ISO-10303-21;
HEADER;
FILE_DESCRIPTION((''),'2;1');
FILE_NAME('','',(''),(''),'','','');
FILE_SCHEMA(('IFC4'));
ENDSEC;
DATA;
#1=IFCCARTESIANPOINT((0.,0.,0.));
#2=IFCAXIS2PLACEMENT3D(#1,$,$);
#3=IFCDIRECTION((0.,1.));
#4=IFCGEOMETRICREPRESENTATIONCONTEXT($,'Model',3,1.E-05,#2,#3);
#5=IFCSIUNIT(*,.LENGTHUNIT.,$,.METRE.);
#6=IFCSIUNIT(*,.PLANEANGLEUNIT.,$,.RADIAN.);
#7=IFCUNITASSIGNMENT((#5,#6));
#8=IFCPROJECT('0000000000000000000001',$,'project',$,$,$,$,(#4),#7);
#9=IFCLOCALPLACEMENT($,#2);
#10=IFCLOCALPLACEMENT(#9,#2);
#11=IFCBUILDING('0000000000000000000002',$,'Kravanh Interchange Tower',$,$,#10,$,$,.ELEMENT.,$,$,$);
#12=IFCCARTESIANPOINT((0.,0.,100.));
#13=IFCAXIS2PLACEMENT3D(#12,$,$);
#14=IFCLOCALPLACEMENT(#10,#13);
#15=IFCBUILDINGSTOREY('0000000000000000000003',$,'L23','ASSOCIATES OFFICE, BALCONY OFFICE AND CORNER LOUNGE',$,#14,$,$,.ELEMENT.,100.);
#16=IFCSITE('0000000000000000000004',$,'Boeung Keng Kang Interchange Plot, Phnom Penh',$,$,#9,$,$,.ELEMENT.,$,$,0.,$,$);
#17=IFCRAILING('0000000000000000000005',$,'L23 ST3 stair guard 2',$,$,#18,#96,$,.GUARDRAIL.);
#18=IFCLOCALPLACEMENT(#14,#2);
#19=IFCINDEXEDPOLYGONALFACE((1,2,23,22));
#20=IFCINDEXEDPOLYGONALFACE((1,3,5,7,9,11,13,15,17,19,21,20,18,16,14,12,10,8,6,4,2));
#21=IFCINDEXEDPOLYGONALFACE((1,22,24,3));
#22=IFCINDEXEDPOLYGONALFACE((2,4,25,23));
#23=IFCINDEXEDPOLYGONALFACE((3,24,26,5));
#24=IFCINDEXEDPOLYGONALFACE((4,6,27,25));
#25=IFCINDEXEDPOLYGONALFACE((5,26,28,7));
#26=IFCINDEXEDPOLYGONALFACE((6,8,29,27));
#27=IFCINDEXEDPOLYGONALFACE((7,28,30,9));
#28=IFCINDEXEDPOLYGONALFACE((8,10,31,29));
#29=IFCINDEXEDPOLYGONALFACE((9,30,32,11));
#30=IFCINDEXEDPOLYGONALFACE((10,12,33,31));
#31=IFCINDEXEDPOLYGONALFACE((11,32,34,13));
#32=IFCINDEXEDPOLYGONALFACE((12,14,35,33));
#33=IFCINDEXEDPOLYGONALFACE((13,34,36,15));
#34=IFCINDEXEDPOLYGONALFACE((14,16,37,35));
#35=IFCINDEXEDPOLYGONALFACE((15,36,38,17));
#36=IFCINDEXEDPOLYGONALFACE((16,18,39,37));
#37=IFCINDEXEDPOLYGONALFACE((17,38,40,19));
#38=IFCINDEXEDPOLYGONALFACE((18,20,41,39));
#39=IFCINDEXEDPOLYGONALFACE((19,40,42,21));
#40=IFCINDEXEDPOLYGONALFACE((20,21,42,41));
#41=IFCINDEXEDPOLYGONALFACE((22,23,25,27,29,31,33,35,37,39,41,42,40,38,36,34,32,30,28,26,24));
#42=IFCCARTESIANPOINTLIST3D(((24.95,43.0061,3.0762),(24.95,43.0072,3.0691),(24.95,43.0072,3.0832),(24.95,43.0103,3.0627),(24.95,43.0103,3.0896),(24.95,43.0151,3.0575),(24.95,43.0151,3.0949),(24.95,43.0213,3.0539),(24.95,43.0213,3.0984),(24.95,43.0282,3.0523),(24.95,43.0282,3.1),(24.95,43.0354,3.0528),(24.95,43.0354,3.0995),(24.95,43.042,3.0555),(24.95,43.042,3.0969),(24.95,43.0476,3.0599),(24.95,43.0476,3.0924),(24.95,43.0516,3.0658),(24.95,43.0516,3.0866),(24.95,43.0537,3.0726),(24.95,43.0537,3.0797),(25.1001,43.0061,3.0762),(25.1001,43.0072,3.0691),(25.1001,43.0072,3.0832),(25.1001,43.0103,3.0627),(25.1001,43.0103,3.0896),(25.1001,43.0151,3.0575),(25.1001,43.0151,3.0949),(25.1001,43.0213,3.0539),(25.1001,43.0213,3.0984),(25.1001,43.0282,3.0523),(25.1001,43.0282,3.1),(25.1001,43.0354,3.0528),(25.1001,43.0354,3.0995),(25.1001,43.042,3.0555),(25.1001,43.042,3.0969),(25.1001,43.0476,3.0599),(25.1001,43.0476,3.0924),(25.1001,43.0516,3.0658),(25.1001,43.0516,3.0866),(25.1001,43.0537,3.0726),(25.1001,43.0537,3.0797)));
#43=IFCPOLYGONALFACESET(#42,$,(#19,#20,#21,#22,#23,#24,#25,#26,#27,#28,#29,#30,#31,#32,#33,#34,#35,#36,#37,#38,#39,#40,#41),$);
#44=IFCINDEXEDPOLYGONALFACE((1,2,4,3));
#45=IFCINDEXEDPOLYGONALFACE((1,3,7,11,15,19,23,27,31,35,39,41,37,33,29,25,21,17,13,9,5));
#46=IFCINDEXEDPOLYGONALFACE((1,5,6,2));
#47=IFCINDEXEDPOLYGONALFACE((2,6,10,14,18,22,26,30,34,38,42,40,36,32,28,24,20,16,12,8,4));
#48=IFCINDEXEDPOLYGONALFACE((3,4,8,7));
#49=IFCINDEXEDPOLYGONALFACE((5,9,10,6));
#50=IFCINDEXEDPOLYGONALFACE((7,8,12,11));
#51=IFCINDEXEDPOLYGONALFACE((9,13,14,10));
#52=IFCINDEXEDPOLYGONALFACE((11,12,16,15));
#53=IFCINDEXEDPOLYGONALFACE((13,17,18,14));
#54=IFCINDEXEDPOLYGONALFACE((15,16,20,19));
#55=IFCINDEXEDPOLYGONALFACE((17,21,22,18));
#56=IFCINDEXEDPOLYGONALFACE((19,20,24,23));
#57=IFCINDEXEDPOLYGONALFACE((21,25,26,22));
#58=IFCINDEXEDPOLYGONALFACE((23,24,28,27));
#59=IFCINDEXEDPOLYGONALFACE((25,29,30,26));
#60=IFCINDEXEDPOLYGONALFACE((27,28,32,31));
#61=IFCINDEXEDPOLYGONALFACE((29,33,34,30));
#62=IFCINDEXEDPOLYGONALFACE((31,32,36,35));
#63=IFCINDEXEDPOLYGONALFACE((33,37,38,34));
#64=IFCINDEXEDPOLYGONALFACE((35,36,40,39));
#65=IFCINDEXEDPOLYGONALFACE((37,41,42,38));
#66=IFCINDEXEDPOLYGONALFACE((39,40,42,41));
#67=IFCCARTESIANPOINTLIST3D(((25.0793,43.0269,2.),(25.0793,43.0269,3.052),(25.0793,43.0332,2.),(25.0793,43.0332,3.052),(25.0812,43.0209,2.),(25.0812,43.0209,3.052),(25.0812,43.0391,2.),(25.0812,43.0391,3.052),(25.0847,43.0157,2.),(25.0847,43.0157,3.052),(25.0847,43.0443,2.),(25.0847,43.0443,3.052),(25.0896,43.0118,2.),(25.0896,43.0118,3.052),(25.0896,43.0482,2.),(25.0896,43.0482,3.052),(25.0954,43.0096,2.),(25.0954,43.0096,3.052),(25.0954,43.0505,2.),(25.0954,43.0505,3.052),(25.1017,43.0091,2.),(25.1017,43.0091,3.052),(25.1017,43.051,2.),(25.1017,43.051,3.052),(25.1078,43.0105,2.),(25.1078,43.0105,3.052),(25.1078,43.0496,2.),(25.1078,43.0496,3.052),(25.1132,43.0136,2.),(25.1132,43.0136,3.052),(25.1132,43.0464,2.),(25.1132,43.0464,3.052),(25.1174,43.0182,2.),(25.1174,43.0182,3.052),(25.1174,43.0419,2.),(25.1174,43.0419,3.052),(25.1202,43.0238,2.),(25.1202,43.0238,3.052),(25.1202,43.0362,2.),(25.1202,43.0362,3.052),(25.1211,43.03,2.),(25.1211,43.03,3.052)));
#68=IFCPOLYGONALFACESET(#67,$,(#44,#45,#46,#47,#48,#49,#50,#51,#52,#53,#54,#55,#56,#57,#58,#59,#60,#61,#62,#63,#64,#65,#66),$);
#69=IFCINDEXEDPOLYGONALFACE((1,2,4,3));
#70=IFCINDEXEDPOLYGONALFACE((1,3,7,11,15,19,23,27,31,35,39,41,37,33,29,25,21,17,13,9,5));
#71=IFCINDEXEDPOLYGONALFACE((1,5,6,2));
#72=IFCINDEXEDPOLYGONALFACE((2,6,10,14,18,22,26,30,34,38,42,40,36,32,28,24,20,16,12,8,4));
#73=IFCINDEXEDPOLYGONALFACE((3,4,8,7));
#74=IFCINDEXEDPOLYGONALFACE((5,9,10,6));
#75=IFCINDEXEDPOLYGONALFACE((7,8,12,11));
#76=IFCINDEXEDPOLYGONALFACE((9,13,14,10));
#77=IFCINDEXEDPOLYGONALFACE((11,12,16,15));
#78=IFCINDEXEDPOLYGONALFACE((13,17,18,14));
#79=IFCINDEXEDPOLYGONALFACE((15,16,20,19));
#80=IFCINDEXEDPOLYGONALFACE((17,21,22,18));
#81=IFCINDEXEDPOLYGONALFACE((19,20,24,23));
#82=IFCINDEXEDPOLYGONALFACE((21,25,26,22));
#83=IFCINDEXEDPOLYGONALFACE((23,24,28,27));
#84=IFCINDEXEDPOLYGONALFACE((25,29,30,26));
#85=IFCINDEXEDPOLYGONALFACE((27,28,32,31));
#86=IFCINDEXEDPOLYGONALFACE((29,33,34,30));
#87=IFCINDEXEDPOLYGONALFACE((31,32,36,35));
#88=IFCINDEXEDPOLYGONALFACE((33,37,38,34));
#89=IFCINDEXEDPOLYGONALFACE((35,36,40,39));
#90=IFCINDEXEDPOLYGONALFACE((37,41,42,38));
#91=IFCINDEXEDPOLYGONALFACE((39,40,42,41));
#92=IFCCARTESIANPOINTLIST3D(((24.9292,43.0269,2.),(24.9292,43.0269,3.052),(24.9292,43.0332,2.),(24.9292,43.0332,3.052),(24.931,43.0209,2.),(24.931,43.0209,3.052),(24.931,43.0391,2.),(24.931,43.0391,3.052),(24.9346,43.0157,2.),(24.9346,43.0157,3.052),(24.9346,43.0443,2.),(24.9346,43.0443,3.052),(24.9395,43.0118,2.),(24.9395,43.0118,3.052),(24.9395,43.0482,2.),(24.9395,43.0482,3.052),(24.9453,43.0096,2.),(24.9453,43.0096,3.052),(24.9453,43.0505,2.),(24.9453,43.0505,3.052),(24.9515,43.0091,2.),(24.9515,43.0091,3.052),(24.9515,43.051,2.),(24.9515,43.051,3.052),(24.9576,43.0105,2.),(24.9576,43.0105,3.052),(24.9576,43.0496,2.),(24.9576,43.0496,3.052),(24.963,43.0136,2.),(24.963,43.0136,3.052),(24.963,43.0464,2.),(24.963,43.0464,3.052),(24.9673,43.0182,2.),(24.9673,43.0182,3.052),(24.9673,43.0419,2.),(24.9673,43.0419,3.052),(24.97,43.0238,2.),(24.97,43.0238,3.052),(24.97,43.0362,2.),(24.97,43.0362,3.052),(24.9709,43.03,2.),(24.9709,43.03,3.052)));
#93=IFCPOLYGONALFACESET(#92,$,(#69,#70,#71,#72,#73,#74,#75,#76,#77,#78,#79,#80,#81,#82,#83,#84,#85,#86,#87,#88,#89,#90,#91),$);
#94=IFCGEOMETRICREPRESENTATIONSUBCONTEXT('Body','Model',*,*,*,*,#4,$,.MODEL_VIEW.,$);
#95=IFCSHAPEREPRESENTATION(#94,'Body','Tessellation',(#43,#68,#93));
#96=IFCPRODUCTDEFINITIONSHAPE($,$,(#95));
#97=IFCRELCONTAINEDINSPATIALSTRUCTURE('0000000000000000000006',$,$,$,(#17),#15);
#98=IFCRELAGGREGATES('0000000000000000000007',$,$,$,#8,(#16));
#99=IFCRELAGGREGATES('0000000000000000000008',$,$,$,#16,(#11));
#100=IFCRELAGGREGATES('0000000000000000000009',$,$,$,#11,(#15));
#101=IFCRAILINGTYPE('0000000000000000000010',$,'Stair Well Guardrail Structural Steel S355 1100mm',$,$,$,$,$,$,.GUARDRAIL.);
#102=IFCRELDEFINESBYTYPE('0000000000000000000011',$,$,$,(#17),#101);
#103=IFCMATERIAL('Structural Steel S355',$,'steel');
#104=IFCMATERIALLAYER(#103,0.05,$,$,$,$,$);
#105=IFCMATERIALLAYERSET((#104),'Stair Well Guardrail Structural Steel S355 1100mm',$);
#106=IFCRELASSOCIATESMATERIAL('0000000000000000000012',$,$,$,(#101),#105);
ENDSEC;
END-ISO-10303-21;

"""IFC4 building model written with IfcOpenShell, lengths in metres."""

from ifc_helpers import new_model, si_unit, direction, frame, origin, origin_2d, place, context, subcontext, project, spatial, circle, extrude, material, layer, layer_set, type_object, element, save


model = new_model("IFC4")

# Units and contexts
model_context = context("Model", 3, precision=1e-05, world=origin(), true_north=direction((0.0, 1.0)))
body_context = subcontext(model_context, "Body", "Model", "MODEL_VIEW")
ifc_project = project(units=[si_unit("LENGTHUNIT", "METRE"), si_unit("PLANEANGLEUNIT", "RADIAN")], contexts=[model_context])

# Site, building, storey
site_placement = place(None, origin())
site = spatial("IfcSite", under=ifc_project, at=site_placement, Name="Boeung Keng Kang Interchange Plot, Phnom Penh", CompositionType="ELEMENT", RefElevation=0.0)
building_placement = place(site_placement, origin())
building = spatial("IfcBuilding", under=site, at=building_placement, Name="Kravanh Interchange Tower", CompositionType="ELEMENT")
storey_placement = place(building_placement, frame((0.0, 0.0, 100.0)))
storey = spatial("IfcBuildingStorey", under=building, at=storey_placement, Name="L23", Description="ASSOCIATES OFFICE, BALCONY OFFICE AND CORNER LOUNGE", CompositionType="ELEMENT", Elevation=100.0)

# Railing
ifc_material_1 = material(Name="Structural Steel S355", Category="steel")
ifc_layer_1 = layer(ifc_material_1, 0.05)
ifc_layer_set_1 = layer_set([ifc_layer_1], Name="Stair Well Guardrail Structural Steel S355 1100mm")
railing_type_1 = type_object("IfcRailingType", Name="Stair Well Guardrail Structural Steel S355 1100mm", PredefinedType="GUARDRAIL", material=ifc_layer_set_1)
railing_1_placement = place(storey_placement, frame((25.1001, 43.03, 2.0)))
element("IfcRailing", 1, at=railing_1_placement, inside=storey, type_object=railing_type_1, Name="L23 ST3 stair guard 2", PredefinedType="GUARDRAIL", context=body_context, shape_type="SweptSolid", body=[
    extrude(circle(Radius=0.0239, at=origin_2d()), frame((0.0, 0.0, 1.0762), z_axis=(-1.0, 0.0, 0.0), x_axis=(0.0, -1.0, 0.0)), (0.0, 0.0, 1.0), 0.1501),
    extrude(circle(Radius=0.021, at=origin_2d()), origin(), (0.0, 0.0, 1.0), 1.052),
    extrude(circle(Radius=0.021, at=origin_2d()), frame((-0.1501, 0.0, 0.0)), (0.0, 0.0, 1.0), 1.052),
])

save(model, "model.ifc")
